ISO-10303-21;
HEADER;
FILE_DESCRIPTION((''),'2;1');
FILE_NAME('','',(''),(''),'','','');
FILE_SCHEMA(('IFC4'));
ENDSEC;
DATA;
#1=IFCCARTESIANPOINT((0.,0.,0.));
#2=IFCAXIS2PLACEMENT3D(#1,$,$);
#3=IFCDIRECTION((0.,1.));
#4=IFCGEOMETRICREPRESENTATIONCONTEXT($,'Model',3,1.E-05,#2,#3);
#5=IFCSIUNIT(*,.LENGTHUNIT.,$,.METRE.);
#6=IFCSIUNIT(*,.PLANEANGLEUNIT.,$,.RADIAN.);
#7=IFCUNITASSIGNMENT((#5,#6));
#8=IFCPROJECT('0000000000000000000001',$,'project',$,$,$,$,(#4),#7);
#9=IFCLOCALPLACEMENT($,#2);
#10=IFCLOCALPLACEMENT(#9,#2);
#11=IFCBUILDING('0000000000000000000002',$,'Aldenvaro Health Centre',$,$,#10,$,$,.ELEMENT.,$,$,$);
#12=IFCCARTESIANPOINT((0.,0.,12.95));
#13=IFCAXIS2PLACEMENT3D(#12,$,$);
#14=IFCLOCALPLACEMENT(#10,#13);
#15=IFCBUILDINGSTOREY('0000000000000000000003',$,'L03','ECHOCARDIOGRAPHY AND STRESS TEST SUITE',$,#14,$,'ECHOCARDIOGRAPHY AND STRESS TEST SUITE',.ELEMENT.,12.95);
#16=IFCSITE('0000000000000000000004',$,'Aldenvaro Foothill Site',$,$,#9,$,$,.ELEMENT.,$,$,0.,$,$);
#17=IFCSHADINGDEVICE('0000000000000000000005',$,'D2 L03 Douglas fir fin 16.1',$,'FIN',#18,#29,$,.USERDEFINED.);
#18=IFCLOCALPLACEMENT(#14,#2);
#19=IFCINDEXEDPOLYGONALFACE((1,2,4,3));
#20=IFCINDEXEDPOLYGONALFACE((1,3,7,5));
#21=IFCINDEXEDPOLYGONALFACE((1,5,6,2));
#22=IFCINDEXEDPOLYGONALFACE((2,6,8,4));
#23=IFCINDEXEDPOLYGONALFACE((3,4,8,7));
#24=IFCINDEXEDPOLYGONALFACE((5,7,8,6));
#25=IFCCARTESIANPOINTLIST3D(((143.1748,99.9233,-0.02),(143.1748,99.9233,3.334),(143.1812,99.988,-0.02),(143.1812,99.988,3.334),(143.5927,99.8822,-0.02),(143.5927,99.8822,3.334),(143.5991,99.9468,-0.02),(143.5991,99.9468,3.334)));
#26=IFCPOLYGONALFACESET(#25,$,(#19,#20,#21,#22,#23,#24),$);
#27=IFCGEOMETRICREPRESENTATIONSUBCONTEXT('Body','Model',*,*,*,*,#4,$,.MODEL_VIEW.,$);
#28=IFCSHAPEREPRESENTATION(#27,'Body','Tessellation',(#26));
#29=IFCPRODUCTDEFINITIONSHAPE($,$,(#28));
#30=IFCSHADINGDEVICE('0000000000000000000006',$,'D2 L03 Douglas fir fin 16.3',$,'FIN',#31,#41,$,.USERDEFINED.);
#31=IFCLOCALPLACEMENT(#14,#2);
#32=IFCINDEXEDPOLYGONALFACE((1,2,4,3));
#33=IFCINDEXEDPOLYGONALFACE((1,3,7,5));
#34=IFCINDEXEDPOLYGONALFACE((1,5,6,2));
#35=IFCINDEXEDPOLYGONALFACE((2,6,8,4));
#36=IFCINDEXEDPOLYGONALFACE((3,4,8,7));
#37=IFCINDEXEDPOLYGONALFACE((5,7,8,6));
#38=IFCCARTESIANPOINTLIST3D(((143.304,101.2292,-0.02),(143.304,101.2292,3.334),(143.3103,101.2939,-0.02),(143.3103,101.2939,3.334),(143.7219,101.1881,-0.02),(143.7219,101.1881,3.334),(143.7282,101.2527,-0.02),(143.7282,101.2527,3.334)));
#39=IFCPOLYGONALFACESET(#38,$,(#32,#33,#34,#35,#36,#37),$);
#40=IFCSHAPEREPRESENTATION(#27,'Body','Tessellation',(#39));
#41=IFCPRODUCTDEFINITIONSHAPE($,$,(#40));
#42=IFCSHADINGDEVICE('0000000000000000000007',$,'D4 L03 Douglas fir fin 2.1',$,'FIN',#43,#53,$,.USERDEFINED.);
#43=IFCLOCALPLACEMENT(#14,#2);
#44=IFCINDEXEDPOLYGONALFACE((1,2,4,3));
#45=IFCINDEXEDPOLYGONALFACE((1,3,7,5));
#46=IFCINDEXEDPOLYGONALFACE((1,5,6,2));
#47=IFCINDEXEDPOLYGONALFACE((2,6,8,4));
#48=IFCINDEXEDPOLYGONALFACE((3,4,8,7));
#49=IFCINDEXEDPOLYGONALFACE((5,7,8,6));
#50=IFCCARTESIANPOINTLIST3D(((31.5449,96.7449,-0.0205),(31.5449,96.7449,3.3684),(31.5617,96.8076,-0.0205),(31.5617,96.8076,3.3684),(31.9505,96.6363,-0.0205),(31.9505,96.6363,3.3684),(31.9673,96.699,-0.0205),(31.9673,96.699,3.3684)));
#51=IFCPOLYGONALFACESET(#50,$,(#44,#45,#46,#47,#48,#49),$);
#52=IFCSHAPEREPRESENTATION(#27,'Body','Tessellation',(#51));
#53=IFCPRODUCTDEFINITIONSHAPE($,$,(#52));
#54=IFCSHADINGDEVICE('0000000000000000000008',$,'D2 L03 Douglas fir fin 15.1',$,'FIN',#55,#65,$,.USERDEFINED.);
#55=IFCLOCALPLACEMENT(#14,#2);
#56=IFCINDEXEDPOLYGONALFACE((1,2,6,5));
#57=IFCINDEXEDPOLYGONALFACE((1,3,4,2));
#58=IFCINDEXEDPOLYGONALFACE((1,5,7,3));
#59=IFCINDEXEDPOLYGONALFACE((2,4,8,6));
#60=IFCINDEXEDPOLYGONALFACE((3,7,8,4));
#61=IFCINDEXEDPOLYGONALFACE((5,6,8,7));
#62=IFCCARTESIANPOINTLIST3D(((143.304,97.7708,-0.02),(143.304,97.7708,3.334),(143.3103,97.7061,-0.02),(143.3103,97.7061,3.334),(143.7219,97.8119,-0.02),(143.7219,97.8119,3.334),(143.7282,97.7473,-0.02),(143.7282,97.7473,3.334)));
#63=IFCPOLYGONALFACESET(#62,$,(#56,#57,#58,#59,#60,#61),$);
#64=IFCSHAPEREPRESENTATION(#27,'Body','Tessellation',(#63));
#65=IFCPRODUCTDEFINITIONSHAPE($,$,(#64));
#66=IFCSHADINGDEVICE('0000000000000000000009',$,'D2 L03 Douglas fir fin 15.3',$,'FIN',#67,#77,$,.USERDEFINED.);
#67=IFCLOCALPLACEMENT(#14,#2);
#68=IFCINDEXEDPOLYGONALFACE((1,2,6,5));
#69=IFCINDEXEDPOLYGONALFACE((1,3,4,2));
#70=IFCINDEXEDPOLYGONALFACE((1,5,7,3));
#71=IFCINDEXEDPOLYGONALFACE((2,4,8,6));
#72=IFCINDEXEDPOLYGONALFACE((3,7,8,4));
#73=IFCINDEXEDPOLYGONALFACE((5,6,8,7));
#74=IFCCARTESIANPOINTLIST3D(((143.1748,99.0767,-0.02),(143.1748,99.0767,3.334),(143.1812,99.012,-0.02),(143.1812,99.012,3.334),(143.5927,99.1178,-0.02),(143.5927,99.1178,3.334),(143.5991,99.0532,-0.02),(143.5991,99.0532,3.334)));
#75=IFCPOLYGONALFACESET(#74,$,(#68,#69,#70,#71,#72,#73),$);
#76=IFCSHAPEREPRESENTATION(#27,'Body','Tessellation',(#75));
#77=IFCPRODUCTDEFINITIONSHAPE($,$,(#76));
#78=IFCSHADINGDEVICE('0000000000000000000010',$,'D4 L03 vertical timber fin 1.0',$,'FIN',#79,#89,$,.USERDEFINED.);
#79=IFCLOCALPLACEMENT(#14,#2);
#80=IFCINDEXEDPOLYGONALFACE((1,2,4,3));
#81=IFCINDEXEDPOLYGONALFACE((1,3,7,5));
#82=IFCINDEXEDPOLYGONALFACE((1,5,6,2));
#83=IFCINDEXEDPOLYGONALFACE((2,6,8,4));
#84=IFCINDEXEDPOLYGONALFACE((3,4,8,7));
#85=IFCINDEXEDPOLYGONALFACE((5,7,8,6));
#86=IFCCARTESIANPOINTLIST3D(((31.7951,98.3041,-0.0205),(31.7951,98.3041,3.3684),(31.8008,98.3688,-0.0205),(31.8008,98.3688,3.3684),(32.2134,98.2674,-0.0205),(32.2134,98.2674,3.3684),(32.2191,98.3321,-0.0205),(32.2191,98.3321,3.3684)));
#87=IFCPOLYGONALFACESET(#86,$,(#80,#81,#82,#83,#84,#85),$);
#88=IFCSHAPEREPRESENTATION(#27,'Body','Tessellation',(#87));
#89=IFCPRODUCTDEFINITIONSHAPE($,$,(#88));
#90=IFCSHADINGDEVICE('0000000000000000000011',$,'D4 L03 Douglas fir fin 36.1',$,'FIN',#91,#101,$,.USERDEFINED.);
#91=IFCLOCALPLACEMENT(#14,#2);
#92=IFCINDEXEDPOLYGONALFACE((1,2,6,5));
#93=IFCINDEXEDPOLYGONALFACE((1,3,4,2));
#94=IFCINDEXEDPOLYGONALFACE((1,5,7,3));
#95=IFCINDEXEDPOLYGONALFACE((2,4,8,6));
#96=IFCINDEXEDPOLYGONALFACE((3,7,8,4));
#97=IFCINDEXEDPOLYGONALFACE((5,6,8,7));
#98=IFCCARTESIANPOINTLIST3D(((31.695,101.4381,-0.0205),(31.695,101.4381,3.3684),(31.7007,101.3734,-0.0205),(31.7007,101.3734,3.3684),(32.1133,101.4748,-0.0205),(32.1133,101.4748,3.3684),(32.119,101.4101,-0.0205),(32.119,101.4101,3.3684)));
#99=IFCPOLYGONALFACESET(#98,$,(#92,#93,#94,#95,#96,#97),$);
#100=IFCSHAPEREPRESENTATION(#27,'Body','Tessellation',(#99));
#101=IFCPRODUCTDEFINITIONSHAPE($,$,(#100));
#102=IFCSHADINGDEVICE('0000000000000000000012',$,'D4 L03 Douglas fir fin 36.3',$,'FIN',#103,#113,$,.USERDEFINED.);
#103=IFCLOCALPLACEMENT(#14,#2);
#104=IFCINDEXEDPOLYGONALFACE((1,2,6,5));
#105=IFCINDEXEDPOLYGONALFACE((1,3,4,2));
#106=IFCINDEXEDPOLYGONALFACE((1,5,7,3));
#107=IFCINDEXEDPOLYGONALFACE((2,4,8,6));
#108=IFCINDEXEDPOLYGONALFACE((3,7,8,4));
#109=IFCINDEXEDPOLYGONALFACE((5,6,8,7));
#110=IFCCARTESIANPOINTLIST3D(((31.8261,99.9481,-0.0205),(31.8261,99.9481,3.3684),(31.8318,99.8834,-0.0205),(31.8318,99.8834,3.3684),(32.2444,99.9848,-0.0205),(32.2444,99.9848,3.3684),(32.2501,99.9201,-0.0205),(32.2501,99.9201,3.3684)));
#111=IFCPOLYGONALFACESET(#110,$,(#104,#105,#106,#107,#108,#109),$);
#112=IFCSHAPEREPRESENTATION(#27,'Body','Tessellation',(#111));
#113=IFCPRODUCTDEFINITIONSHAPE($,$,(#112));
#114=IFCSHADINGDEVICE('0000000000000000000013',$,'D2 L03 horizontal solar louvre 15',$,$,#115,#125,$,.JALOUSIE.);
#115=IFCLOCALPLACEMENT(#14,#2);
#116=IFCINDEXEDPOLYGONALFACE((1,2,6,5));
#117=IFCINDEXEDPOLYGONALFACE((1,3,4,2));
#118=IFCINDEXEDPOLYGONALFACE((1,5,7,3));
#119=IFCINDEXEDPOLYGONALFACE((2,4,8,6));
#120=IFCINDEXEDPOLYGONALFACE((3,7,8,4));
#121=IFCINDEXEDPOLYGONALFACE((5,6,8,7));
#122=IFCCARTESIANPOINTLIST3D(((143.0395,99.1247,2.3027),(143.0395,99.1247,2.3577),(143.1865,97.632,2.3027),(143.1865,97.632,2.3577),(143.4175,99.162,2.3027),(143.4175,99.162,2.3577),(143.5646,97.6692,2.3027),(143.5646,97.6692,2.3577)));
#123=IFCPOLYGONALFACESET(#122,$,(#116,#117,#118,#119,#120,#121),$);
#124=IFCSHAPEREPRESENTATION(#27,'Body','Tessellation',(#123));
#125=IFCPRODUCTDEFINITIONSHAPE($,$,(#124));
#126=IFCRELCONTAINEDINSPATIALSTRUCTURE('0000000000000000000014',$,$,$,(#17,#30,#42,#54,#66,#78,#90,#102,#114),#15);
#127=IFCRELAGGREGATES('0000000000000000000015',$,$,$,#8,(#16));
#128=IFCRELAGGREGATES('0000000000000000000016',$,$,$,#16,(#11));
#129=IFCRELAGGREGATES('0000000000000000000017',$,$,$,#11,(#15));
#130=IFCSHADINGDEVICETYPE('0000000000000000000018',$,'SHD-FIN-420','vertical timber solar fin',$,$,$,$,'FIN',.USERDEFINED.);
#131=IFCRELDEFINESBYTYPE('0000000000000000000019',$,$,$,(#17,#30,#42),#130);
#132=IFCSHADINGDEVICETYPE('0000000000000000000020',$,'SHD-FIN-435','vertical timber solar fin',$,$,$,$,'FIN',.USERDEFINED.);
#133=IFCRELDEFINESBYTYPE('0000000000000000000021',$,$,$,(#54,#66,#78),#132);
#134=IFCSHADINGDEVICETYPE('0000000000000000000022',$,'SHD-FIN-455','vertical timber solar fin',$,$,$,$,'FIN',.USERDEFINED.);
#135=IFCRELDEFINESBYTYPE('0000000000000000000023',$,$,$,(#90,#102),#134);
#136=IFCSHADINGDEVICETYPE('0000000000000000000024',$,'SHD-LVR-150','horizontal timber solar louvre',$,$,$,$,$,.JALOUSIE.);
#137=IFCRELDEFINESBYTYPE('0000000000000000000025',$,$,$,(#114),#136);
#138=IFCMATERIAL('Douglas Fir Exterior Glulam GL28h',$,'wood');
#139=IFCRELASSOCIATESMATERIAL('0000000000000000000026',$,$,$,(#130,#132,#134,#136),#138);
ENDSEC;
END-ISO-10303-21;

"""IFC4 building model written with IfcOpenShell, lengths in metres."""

from ifc_helpers import new_model, si_unit, direction, frame, origin, origin_2d, place, context, subcontext, project, spatial, rectangle, extrude, material, type_object, element, save


model = new_model("IFC4")

# Units and contexts
model_context = context("Model", 3, precision=1e-05, world=origin(), true_north=direction((0.0, 1.0)))
body_context = subcontext(model_context, "Body", "Model", "MODEL_VIEW")
ifc_project = project(units=[si_unit("LENGTHUNIT", "METRE"), si_unit("PLANEANGLEUNIT", "RADIAN")], contexts=[model_context])

# Site, building, storey
site_placement = place(None, origin())
site = spatial("IfcSite", under=ifc_project, at=site_placement, Name="Aldenvaro Foothill Site", CompositionType="ELEMENT", RefElevation=0.0)
building_placement = place(site_placement, origin())
building = spatial("IfcBuilding", under=site, at=building_placement, Name="Aldenvaro Health Centre", CompositionType="ELEMENT")
storey_placement = place(building_placement, frame((0.0, 0.0, 12.95)))
storey = spatial("IfcBuildingStorey", under=building, at=storey_placement, Name="L03", Description="ECHOCARDIOGRAPHY AND STRESS TEST SUITE", LongName="ECHOCARDIOGRAPHY AND STRESS TEST SUITE", CompositionType="ELEMENT", Elevation=12.95)

# Shading devices
ifc_material_1 = material(Name="Douglas Fir Exterior Glulam GL28h", Category="wood")
shading_device_type_1 = type_object("IfcShadingDeviceType", Name="SHD-FIN-420", Description="vertical timber solar fin", ElementType="FIN", PredefinedType="USERDEFINED", material=ifc_material_1)
for number, where, z_axis, x_axis, name in (
    (1, (143.387, 99.9351, -0.02), (0.0, 0.0, 1.0), (0.098032, 0.995183, 0.0), "D2 L03 Douglas fir fin 16.1"),
    (2, (143.5161, 101.241, -0.02), (0.0, 0.0, 1.0), (0.098032, 0.995183, 0.0), "D2 L03 Douglas fir fin 16.3"),
):
    element("IfcShadingDevice", number, at=place(storey_placement, frame(where, z_axis=z_axis, x_axis=x_axis)), inside=storey, type_object=shading_device_type_1, Name=name, ObjectType="FIN", PredefinedType="USERDEFINED", context=body_context, shape_type="SweptSolid", body=[
        extrude(rectangle(XDim=0.0649, YDim=0.4199, at=origin_2d()), origin(), (0.0, 0.0, 1.0), 3.354),
    ])
shading_device_1_placement = place(storey_placement, frame((31.7561, 96.7219, -0.0205), z_axis=(0.0, 0.0, 1.0), x_axis=(-0.258622, -0.965979, 0.0)))
element("IfcShadingDevice", 3, at=shading_device_1_placement, inside=storey, type_object=shading_device_type_1, Name="D4 L03 Douglas fir fin 2.1", ObjectType="FIN", PredefinedType="USERDEFINED", context=body_context, shape_type="SweptSolid", body=[
    extrude(rectangle(XDim=0.0649, YDim=0.4199, at=origin_2d()), origin(), (0.0, 0.0, 1.0), 3.3889),
])
shading_device_type_2 = type_object("IfcShadingDeviceType", Name="SHD-FIN-435", Description="vertical timber solar fin", ElementType="FIN", PredefinedType="USERDEFINED", material=ifc_material_1)
for number, where, z_axis, x_axis, name in (
    (4, (143.5161, 97.759, -0.02), (0.0, 0.0, 1.0), (-0.098032, 0.995183, 0.0), "D2 L03 Douglas fir fin 15.1"),
    (5, (143.387, 99.0649, -0.02), (0.0, 0.0, 1.0), (-0.098032, 0.995183, 0.0), "D2 L03 Douglas fir fin 15.3"),
):
    element("IfcShadingDevice", number, at=place(storey_placement, frame(where, z_axis=z_axis, x_axis=x_axis)), inside=storey, type_object=shading_device_type_2, Name=name, ObjectType="FIN", PredefinedType="USERDEFINED", context=body_context, shape_type="SweptSolid", body=[
        extrude(rectangle(XDim=0.0649, YDim=0.4199, at=origin_2d()), origin(), (0.0, 0.0, 1.0), 3.354),
    ])
shading_device_2_placement = place(storey_placement, frame((32.0071, 98.3181, -0.0205), z_axis=(0.0, 0.0, 1.0), x_axis=(-0.087332, -0.996179, 0.0)))
element("IfcShadingDevice", 6, at=shading_device_2_placement, inside=storey, type_object=shading_device_type_2, Name="D4 L03 vertical timber fin 1.0", ObjectType="FIN", PredefinedType="USERDEFINED", context=body_context, shape_type="SweptSolid", body=[
    extrude(rectangle(XDim=0.0649, YDim=0.4199, at=origin_2d()), origin(), (0.0, 0.0, 1.0), 3.3889),
])
shading_device_type_3 = type_object("IfcShadingDeviceType", Name="SHD-FIN-455", Description="vertical timber solar fin", ElementType="FIN", PredefinedType="USERDEFINED", material=ifc_material_1)
for number, where, z_axis, x_axis, name in (
    (7, (31.907, 101.4241, -0.0205), (0.0, 0.0, 1.0), (0.087332, -0.996179, 0.0), "D4 L03 Douglas fir fin 36.1"),
    (8, (32.0381, 99.9341, -0.0205), (0.0, 0.0, 1.0), (0.087332, -0.996179, 0.0), "D4 L03 Douglas fir fin 36.3"),
):
    element("IfcShadingDevice", number, at=place(storey_placement, frame(where, z_axis=z_axis, x_axis=x_axis)), inside=storey, type_object=shading_device_type_3, Name=name, ObjectType="FIN", PredefinedType="USERDEFINED", context=body_context, shape_type="SweptSolid", body=[
        extrude(rectangle(XDim=0.0649, YDim=0.4199, at=origin_2d()), origin(), (0.0, 0.0, 1.0), 3.3889),
    ])
shading_device_type_4 = type_object("IfcShadingDeviceType", Name="SHD-LVR-150", Description="horizontal timber solar louvre", PredefinedType="JALOUSIE", material=ifc_material_1)
shading_device_3_placement = place(storey_placement, frame((143.302, 98.397, 2.3027), z_axis=(0.0, 0.0, 1.0), x_axis=(-0.098032, 0.995183, 0.0)))
element("IfcShadingDevice", 9, at=shading_device_3_placement, inside=storey, type_object=shading_device_type_4, Name="D2 L03 horizontal solar louvre 15", PredefinedType="JALOUSIE", context=body_context, shape_type="SweptSolid", body=[
    extrude(rectangle(XDim=1.5, YDim=0.3799, at=origin_2d()), origin(), (0.0, 0.0, 1.0), 0.0549),
])

save(model, "model.ifc")
